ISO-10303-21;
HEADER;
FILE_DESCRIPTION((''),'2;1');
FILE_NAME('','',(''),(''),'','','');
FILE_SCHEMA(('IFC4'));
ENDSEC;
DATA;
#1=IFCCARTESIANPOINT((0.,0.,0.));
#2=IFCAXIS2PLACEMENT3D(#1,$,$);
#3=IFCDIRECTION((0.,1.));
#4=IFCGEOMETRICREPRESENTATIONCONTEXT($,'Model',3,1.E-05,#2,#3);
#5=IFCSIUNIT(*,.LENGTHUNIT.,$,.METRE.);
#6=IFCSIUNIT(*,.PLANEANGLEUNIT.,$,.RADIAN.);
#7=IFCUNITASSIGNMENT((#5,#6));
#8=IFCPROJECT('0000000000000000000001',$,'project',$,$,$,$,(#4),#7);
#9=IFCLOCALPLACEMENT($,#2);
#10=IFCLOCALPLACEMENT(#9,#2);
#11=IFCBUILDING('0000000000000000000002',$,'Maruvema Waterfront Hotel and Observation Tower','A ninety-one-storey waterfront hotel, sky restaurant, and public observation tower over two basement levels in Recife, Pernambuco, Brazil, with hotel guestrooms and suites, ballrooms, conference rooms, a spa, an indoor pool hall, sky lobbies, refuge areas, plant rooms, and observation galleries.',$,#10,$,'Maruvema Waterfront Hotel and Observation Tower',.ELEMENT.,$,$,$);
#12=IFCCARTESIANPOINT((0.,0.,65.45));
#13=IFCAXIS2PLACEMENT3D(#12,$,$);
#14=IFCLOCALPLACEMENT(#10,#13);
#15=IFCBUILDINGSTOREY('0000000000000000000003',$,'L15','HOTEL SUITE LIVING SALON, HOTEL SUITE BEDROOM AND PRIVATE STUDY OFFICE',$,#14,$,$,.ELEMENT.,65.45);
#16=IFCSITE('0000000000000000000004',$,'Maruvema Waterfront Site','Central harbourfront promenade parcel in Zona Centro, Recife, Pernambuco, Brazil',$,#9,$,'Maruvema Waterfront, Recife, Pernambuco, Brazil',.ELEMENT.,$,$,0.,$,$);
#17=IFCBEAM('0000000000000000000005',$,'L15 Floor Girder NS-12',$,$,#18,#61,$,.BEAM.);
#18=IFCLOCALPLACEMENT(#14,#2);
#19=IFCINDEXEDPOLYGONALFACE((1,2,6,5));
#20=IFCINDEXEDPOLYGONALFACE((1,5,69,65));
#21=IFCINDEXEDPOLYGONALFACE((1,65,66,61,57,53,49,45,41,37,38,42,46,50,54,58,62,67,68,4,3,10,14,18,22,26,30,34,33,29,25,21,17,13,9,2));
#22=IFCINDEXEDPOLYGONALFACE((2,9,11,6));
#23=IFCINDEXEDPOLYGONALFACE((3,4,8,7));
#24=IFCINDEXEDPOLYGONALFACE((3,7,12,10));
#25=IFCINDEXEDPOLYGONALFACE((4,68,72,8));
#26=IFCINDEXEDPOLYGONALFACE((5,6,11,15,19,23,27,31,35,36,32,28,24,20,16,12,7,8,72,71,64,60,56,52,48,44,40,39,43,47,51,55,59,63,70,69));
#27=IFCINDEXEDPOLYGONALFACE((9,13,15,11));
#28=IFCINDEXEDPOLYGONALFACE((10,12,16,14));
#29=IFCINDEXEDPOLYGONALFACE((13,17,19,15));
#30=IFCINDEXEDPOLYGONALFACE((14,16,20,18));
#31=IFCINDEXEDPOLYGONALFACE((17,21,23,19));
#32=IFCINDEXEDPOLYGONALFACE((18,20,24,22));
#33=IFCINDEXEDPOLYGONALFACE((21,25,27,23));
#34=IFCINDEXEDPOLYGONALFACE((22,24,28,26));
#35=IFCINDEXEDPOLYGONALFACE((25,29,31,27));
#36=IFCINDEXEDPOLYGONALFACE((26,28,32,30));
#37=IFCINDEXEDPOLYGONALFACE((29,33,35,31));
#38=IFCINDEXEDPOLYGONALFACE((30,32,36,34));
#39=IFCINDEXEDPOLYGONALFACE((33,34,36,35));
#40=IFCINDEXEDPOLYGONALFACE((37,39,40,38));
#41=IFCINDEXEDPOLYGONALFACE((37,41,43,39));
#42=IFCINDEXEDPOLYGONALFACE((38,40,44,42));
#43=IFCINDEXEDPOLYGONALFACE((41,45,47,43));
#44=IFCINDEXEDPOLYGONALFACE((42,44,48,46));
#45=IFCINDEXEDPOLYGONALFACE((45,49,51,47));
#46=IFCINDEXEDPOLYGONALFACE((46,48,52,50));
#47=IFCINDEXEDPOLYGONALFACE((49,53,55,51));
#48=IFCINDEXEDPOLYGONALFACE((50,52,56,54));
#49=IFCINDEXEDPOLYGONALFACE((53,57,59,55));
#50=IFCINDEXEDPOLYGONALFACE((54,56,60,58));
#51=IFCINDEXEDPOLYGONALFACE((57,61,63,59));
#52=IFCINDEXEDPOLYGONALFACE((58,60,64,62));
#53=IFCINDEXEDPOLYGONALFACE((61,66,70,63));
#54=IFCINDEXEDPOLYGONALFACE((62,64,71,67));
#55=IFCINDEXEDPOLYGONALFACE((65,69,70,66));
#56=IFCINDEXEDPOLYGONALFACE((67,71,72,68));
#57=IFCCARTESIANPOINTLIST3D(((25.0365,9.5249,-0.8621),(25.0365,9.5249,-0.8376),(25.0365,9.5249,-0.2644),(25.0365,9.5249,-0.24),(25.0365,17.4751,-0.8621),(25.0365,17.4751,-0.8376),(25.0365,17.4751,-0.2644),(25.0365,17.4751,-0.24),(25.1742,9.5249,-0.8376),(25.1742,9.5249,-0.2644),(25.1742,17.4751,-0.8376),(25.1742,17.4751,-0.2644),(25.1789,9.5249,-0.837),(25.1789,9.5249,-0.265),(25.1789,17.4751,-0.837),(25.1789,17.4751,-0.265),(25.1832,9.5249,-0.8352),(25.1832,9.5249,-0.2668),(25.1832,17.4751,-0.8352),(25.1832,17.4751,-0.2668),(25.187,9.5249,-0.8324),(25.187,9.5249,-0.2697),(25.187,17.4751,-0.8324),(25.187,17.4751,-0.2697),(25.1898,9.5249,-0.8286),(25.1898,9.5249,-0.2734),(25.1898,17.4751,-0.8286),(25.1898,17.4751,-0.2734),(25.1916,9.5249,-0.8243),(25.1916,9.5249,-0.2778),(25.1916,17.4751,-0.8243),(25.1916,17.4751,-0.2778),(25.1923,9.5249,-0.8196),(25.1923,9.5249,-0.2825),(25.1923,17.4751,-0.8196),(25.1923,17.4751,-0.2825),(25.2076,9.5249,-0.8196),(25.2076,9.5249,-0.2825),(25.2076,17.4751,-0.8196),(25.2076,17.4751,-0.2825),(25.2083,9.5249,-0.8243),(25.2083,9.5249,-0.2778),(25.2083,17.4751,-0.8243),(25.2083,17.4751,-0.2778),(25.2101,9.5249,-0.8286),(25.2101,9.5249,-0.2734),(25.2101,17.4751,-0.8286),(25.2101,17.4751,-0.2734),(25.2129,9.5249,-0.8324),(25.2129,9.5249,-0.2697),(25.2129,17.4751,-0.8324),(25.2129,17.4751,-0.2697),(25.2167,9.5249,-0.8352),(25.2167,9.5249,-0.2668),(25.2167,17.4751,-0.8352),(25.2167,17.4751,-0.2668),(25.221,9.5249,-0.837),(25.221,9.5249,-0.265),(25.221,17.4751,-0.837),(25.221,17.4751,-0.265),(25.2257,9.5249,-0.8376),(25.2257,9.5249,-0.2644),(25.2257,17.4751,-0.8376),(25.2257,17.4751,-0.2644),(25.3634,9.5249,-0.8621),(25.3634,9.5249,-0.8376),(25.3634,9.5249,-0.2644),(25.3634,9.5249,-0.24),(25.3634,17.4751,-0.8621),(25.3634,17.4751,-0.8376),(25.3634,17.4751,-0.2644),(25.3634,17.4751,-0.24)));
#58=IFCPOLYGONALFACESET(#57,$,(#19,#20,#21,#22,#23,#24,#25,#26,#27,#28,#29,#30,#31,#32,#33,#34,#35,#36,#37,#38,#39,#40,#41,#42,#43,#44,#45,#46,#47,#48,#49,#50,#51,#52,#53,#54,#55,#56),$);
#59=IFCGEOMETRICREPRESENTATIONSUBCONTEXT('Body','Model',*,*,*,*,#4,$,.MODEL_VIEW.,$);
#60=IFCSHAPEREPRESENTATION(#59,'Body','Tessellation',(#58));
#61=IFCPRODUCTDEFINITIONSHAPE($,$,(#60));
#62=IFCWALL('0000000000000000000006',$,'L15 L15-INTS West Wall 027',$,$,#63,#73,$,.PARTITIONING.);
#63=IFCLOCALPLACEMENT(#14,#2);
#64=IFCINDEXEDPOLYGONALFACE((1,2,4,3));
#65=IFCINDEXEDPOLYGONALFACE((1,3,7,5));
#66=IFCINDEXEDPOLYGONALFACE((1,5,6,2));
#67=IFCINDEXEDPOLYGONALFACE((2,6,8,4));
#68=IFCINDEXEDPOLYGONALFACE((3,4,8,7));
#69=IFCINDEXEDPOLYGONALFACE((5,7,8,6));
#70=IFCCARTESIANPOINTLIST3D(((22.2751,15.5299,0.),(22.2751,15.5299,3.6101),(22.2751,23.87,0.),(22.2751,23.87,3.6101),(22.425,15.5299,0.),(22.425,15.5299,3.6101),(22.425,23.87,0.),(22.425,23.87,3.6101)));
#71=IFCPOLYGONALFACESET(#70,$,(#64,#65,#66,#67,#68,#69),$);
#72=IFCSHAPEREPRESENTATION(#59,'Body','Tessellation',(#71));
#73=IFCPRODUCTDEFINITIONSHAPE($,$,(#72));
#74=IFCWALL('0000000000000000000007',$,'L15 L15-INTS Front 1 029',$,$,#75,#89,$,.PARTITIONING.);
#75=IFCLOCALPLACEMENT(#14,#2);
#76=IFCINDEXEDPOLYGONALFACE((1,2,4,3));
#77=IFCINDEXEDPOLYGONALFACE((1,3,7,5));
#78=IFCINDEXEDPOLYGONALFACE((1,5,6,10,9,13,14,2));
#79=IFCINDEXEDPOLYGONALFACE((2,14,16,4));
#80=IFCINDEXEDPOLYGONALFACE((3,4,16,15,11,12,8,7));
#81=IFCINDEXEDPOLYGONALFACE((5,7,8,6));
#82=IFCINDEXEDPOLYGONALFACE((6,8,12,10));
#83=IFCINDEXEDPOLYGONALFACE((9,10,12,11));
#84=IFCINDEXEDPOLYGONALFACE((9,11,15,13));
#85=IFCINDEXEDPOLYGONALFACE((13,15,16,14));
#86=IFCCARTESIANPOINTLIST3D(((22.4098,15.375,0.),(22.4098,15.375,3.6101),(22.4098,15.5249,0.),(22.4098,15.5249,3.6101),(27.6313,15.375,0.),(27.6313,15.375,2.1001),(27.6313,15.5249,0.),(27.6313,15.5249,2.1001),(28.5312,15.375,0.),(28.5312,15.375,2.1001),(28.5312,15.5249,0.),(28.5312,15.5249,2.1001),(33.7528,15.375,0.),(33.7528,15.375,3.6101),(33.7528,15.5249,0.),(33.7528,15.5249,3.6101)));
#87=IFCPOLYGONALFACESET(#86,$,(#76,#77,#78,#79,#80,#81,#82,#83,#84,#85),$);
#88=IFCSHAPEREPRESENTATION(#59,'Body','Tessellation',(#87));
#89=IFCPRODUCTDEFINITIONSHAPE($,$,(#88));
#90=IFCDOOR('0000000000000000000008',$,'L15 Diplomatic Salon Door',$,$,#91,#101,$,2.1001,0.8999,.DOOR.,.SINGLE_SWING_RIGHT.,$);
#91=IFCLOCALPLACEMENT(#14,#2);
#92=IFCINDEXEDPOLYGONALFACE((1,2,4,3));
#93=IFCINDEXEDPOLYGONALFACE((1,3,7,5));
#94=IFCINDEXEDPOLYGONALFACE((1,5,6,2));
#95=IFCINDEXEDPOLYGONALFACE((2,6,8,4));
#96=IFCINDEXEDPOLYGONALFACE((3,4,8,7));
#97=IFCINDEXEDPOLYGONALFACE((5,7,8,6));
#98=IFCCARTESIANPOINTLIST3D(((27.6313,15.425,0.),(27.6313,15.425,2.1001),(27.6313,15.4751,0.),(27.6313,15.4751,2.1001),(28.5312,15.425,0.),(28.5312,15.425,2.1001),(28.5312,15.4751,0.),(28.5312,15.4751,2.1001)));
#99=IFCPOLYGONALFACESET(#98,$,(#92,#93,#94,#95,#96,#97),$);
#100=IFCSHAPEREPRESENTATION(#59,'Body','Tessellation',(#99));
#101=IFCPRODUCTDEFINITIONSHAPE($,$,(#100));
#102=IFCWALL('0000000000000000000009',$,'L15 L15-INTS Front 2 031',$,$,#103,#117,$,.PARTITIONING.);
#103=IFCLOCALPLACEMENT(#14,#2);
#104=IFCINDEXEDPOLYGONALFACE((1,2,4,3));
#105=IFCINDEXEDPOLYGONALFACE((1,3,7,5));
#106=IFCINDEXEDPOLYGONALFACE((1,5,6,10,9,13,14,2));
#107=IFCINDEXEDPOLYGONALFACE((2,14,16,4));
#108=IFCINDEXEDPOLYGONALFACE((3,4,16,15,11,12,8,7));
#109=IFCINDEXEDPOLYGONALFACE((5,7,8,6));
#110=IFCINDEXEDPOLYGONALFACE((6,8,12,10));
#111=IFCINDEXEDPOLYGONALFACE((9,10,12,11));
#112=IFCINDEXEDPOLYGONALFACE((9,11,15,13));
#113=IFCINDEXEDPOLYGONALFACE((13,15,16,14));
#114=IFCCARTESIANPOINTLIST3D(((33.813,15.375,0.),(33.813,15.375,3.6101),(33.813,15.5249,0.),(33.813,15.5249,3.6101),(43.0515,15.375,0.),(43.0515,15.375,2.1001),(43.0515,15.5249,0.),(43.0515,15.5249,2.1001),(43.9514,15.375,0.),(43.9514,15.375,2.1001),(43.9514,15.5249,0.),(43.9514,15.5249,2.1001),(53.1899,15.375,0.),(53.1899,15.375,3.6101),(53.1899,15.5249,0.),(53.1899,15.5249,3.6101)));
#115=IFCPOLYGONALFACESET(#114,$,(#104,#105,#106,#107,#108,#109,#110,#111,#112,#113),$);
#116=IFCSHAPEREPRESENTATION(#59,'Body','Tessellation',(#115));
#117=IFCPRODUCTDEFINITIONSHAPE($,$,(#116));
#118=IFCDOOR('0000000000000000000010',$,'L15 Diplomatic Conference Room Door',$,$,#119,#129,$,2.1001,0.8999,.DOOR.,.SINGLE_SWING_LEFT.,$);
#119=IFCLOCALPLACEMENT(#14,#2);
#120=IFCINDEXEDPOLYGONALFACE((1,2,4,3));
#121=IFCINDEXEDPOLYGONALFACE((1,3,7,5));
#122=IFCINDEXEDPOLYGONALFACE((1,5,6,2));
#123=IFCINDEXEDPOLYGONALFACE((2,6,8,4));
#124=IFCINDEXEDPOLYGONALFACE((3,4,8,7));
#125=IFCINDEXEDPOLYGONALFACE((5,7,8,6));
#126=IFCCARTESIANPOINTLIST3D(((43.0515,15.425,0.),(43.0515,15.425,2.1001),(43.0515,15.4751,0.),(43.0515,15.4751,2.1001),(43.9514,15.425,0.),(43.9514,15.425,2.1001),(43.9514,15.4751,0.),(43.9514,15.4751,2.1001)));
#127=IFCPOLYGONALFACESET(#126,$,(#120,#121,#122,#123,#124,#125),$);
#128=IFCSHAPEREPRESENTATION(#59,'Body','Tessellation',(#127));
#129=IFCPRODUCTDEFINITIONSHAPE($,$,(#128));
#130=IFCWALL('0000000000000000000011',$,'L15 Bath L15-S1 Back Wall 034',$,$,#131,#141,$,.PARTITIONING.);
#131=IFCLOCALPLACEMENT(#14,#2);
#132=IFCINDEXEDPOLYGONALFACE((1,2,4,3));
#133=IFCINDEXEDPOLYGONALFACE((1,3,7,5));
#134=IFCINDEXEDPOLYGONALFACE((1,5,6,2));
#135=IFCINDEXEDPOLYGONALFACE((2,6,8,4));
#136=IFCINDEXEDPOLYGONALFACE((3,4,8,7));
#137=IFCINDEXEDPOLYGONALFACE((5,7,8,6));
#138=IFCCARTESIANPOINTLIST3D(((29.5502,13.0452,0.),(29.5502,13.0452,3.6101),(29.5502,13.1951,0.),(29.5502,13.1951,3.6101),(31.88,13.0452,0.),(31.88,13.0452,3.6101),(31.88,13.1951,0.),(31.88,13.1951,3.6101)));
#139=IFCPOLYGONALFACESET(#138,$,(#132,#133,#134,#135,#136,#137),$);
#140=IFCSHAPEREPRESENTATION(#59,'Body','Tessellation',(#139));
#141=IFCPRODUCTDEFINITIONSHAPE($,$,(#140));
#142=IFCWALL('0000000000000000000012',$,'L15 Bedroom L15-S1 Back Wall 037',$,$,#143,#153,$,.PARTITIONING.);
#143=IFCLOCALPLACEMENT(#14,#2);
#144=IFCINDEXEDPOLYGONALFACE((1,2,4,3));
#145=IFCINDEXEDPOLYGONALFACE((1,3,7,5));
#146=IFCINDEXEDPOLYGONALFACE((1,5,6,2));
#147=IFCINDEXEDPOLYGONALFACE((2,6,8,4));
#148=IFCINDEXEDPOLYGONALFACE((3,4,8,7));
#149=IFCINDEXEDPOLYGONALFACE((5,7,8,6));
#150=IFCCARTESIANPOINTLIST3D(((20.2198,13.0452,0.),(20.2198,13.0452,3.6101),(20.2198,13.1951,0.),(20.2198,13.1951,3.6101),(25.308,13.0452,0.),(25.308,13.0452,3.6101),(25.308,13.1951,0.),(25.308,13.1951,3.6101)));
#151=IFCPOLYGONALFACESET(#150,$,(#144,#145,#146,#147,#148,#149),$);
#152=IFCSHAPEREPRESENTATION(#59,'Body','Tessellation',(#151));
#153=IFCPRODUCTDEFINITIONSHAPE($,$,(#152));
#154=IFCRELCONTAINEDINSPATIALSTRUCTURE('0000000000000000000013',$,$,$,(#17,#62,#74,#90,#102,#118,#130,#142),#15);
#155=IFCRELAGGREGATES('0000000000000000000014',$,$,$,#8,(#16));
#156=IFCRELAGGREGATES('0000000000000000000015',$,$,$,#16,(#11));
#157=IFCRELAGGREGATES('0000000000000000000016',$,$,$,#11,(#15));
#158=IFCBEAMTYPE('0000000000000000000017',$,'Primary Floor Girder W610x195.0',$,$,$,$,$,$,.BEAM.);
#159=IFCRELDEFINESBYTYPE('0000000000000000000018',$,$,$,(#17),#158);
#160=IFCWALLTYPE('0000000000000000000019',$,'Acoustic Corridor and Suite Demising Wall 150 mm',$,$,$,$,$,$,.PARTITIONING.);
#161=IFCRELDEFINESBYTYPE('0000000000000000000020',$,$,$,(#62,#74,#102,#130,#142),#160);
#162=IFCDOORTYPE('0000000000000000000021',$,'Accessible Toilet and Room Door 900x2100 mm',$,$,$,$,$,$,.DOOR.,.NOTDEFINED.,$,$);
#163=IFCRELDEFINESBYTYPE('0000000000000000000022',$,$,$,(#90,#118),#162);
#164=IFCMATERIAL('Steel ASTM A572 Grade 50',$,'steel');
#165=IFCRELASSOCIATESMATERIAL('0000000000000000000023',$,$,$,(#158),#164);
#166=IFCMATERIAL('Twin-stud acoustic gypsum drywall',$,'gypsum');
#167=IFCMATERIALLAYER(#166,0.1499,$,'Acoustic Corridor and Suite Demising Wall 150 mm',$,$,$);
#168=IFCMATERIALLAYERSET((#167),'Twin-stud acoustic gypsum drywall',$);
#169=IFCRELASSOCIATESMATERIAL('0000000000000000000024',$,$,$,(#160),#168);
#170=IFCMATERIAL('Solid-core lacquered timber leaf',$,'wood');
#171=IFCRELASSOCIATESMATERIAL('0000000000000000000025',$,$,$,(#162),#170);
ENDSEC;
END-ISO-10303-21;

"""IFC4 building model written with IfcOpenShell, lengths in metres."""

from ifc_helpers import new_model, si_unit, direction, frame, frame_2d, origin, origin_2d, place, context, subcontext, project, spatial, rectangle, i_section, extrude, material, layer, layer_set, material_profile, profile_set, type_object, element, fill, save


model = new_model("IFC4")

# Units and contexts
model_context = context("Model", 3, precision=1e-05, world=origin(), true_north=direction((0.0, 1.0)))
body_context = subcontext(model_context, "Body", "Model", "MODEL_VIEW")
ifc_project = project(units=[si_unit("LENGTHUNIT", "METRE"), si_unit("PLANEANGLEUNIT", "RADIAN")], contexts=[model_context])

# Site, building, storey
site_placement = place(None, origin())
site = spatial("IfcSite", under=ifc_project, at=site_placement, Name="Maruvema Waterfront Site", Description="Central harbourfront promenade parcel in Zona Centro, Recife, Pernambuco, Brazil", LongName="Maruvema Waterfront, Recife, Pernambuco, Brazil", CompositionType="ELEMENT", RefElevation=0.0)
building_placement = place(site_placement, origin())
building = spatial("IfcBuilding", under=site, at=building_placement, Name="Maruvema Waterfront Hotel and Observation Tower", Description="A ninety-one-storey waterfront hotel, sky restaurant, and public observation tower over two basement levels in Recife, Pernambuco, Brazil, with hotel guestrooms and suites, ballrooms, conference rooms, a spa, an indoor pool hall, sky lobbies, refuge areas, plant rooms, and observation galleries.", LongName="Maruvema Waterfront Hotel and Observation Tower", CompositionType="ELEMENT")
storey_placement = place(building_placement, frame((0.0, 0.0, 65.45)))
storey = spatial("IfcBuildingStorey", under=building, at=storey_placement, Name="L15", Description="HOTEL SUITE LIVING SALON, HOTEL SUITE BEDROOM AND PRIVATE STUDY OFFICE", CompositionType="ELEMENT", Elevation=65.45)

# Beam
ifc_material_1 = material(Name="Steel ASTM A572 Grade 50", Category="steel")
ifc_material_profile = material_profile(ifc_material_1, i_section(OverallWidth=0.3269, OverallDepth=0.6221, WebThickness=0.0154, FlangeThickness=0.0244, FilletRadius=0.0181, at=origin_2d()), Name="W610x195.0")
ifc_profile_set = profile_set([ifc_material_profile], Name="Steel ASTM A572 Grade 50")
beam_type = type_object("IfcBeamType", Name="Primary Floor Girder W610x195.0", PredefinedType="BEAM", material=ifc_profile_set)
beam_placement = place(storey_placement, frame((25.2, 9.5249, -0.551), z_axis=(0.0, 1.0, 0.0), x_axis=(-1.0, 0.0, 0.0)))
element("IfcBeam", 1, at=beam_placement, inside=storey, type_object=beam_type, Name="L15 Floor Girder NS-12", PredefinedType="BEAM", context=body_context, shape_type="SweptSolid", body=[
    extrude(i_section(OverallWidth=0.3269, OverallDepth=0.6221, WebThickness=0.0154, FlangeThickness=0.0244, FilletRadius=0.0181, at=origin_2d()), origin(), (0.0, 0.0, 1.0), 7.9502),
])

# Wall
ifc_material_2 = material(Name="Twin-stud acoustic gypsum drywall", Category="gypsum")
ifc_layer_1 = layer(ifc_material_2, 0.1499, Name="Acoustic Corridor and Suite Demising Wall 150 mm")
ifc_layer_set_1 = layer_set([ifc_layer_1], Name="Twin-stud acoustic gypsum drywall")
wall_type_1 = type_object("IfcWallType", Name="Acoustic Corridor and Suite Demising Wall 150 mm", PredefinedType="PARTITIONING", material=ifc_layer_set_1)
wall_1_placement = place(storey_placement, frame((22.3501, 15.53, 0.0), z_axis=(0.0, 0.0, 1.0), x_axis=(0.0, 1.0, 0.0)))
element("IfcWall", 2, at=wall_1_placement, inside=storey, type_object=wall_type_1, Name="L15 L15-INTS West Wall 027", PredefinedType="PARTITIONING", context=body_context, shape_type="SweptSolid", body=[
    extrude(rectangle(XDim=8.3401, YDim=0.1499, at=frame_2d((4.1699, 0.0))), origin(), (0.0, 0.0, 1.0), 3.6101),
])

# Walls, openings, doors
wall_2_placement = place(storey_placement, frame((22.4099, 15.45, 0.0), z_axis=(0.0, 0.0, 1.0), x_axis=(1.0, 0.0, 0.0)))
wall_2 = element("IfcWall", 3, at=wall_2_placement, inside=storey, type_object=wall_type_1, Name="L15 L15-INTS Front 1 029", PredefinedType="PARTITIONING", context=body_context, shape_type="SweptSolid", body=[
    extrude(rectangle(XDim=11.343, YDim=0.1499, at=frame_2d((5.6714, 0.0))), origin(), (0.0, 0.0, 1.0), 3.6101),
])
opening_1_placement = place(wall_2_placement, frame((5.2214, 0.0, 0.0)))
opening_1 = element("IfcOpeningElement", 4, at=opening_1_placement, cuts=wall_2, PredefinedType="OPENING", context=body_context, shape_type="SweptSolid", body=[
    extrude(rectangle(XDim=0.8999, YDim=2.1001, at=frame_2d((0.45, 1.05))), frame((0.0, 0.085, 0.0), z_axis=(0.0, -1.0, 0.0), x_axis=(1.0, 0.0, 0.0)), (0.0, 0.0, 1.0), 0.1699),
])
ifc_material_3 = material(Name="Solid-core lacquered timber leaf", Category="wood")
door_type_1 = type_object("IfcDoorType", Name="Accessible Toilet and Room Door 900x2100 mm", OperationType="NOTDEFINED", PredefinedType="DOOR", material=ifc_material_3)
door_1_placement = place(opening_1_placement, frame((0.8999, 0.0, 0.0), z_axis=(0.0, 0.0, 1.0), x_axis=(-1.0, 0.0, 0.0)))
door_1 = element("IfcDoor", 5, at=door_1_placement, inside=storey, type_object=door_type_1, Name="L15 Diplomatic Salon Door", OperationType="SINGLE_SWING_RIGHT", OverallHeight=2.1001, OverallWidth=0.8999, PredefinedType="DOOR", context=body_context, shape_type="SweptSolid", body=[
    extrude(rectangle(XDim=0.8999, YDim=2.1001, at=frame_2d((0.45, 1.05))), frame((0.0, 0.0249, 0.0), z_axis=(0.0, -1.0, 0.0), x_axis=(1.0, 0.0, 0.0)), (0.0, 0.0, 1.0), 0.05),
])
fill(opening_1, door_1)
wall_3_placement = place(storey_placement, frame((33.813, 15.45, 0.0), z_axis=(0.0, 0.0, 1.0), x_axis=(1.0, 0.0, 0.0)))
wall_3 = element("IfcWall", 6, at=wall_3_placement, inside=storey, type_object=wall_type_1, Name="L15 L15-INTS Front 2 031", PredefinedType="PARTITIONING", context=body_context, shape_type="SweptSolid", body=[
    extrude(rectangle(XDim=19.377, YDim=0.1499, at=frame_2d((9.6885, 0.0))), origin(), (0.0, 0.0, 1.0), 3.6101),
])
opening_2_placement = place(wall_3_placement, frame((9.2385, 0.0, 0.0)))
opening_2 = element("IfcOpeningElement", 7, at=opening_2_placement, cuts=wall_3, PredefinedType="OPENING", context=body_context, shape_type="SweptSolid", body=[
    extrude(rectangle(XDim=0.8999, YDim=2.1001, at=frame_2d((0.45, 1.05))), frame((0.0, 0.085, 0.0), z_axis=(0.0, -1.0, 0.0), x_axis=(1.0, 0.0, 0.0)), (0.0, 0.0, 1.0), 0.1699),
])
door_2_placement = place(opening_2_placement, frame((0.8999, 0.0, 0.0), z_axis=(0.0, 0.0, 1.0), x_axis=(-1.0, 0.0, 0.0)))
door_2 = element("IfcDoor", 8, at=door_2_placement, inside=storey, type_object=door_type_1, Name="L15 Diplomatic Conference Room Door", OperationType="SINGLE_SWING_LEFT", OverallHeight=2.1001, OverallWidth=0.8999, PredefinedType="DOOR", context=body_context, shape_type="SweptSolid", body=[
    extrude(rectangle(XDim=0.8999, YDim=2.1001, at=frame_2d((0.45, 1.05))), frame((0.0, 0.0249, 0.0), z_axis=(0.0, -1.0, 0.0), x_axis=(1.0, 0.0, 0.0)), (0.0, 0.0, 1.0), 0.05),
])
fill(opening_2, door_2)

# Walls
wall_4_placement = place(storey_placement, frame((29.55, 13.1201, 0.0), z_axis=(0.0, 0.0, 1.0), x_axis=(1.0, 0.0, 0.0)))
element("IfcWall", 9, at=wall_4_placement, inside=storey, type_object=wall_type_1, Name="L15 Bath L15-S1 Back Wall 034", PredefinedType="PARTITIONING", context=body_context, shape_type="SweptSolid", body=[
    extrude(rectangle(XDim=2.3298, YDim=0.1499, at=frame_2d((1.165, 0.0))), origin(), (0.0, 0.0, 1.0), 3.6101),
])
wall_5_placement = place(storey_placement, frame((20.22, 13.1201, 0.0), z_axis=(0.0, 0.0, 1.0), x_axis=(1.0, 0.0, 0.0)))
element("IfcWall", 10, at=wall_5_placement, inside=storey, type_object=wall_type_1, Name="L15 Bedroom L15-S1 Back Wall 037", PredefinedType="PARTITIONING", context=body_context, shape_type="SweptSolid", body=[
    extrude(rectangle(XDim=5.0881, YDim=0.1499, at=frame_2d((2.5439, 0.0))), origin(), (0.0, 0.0, 1.0), 3.6101),
])

save(model, "model.ifc")
